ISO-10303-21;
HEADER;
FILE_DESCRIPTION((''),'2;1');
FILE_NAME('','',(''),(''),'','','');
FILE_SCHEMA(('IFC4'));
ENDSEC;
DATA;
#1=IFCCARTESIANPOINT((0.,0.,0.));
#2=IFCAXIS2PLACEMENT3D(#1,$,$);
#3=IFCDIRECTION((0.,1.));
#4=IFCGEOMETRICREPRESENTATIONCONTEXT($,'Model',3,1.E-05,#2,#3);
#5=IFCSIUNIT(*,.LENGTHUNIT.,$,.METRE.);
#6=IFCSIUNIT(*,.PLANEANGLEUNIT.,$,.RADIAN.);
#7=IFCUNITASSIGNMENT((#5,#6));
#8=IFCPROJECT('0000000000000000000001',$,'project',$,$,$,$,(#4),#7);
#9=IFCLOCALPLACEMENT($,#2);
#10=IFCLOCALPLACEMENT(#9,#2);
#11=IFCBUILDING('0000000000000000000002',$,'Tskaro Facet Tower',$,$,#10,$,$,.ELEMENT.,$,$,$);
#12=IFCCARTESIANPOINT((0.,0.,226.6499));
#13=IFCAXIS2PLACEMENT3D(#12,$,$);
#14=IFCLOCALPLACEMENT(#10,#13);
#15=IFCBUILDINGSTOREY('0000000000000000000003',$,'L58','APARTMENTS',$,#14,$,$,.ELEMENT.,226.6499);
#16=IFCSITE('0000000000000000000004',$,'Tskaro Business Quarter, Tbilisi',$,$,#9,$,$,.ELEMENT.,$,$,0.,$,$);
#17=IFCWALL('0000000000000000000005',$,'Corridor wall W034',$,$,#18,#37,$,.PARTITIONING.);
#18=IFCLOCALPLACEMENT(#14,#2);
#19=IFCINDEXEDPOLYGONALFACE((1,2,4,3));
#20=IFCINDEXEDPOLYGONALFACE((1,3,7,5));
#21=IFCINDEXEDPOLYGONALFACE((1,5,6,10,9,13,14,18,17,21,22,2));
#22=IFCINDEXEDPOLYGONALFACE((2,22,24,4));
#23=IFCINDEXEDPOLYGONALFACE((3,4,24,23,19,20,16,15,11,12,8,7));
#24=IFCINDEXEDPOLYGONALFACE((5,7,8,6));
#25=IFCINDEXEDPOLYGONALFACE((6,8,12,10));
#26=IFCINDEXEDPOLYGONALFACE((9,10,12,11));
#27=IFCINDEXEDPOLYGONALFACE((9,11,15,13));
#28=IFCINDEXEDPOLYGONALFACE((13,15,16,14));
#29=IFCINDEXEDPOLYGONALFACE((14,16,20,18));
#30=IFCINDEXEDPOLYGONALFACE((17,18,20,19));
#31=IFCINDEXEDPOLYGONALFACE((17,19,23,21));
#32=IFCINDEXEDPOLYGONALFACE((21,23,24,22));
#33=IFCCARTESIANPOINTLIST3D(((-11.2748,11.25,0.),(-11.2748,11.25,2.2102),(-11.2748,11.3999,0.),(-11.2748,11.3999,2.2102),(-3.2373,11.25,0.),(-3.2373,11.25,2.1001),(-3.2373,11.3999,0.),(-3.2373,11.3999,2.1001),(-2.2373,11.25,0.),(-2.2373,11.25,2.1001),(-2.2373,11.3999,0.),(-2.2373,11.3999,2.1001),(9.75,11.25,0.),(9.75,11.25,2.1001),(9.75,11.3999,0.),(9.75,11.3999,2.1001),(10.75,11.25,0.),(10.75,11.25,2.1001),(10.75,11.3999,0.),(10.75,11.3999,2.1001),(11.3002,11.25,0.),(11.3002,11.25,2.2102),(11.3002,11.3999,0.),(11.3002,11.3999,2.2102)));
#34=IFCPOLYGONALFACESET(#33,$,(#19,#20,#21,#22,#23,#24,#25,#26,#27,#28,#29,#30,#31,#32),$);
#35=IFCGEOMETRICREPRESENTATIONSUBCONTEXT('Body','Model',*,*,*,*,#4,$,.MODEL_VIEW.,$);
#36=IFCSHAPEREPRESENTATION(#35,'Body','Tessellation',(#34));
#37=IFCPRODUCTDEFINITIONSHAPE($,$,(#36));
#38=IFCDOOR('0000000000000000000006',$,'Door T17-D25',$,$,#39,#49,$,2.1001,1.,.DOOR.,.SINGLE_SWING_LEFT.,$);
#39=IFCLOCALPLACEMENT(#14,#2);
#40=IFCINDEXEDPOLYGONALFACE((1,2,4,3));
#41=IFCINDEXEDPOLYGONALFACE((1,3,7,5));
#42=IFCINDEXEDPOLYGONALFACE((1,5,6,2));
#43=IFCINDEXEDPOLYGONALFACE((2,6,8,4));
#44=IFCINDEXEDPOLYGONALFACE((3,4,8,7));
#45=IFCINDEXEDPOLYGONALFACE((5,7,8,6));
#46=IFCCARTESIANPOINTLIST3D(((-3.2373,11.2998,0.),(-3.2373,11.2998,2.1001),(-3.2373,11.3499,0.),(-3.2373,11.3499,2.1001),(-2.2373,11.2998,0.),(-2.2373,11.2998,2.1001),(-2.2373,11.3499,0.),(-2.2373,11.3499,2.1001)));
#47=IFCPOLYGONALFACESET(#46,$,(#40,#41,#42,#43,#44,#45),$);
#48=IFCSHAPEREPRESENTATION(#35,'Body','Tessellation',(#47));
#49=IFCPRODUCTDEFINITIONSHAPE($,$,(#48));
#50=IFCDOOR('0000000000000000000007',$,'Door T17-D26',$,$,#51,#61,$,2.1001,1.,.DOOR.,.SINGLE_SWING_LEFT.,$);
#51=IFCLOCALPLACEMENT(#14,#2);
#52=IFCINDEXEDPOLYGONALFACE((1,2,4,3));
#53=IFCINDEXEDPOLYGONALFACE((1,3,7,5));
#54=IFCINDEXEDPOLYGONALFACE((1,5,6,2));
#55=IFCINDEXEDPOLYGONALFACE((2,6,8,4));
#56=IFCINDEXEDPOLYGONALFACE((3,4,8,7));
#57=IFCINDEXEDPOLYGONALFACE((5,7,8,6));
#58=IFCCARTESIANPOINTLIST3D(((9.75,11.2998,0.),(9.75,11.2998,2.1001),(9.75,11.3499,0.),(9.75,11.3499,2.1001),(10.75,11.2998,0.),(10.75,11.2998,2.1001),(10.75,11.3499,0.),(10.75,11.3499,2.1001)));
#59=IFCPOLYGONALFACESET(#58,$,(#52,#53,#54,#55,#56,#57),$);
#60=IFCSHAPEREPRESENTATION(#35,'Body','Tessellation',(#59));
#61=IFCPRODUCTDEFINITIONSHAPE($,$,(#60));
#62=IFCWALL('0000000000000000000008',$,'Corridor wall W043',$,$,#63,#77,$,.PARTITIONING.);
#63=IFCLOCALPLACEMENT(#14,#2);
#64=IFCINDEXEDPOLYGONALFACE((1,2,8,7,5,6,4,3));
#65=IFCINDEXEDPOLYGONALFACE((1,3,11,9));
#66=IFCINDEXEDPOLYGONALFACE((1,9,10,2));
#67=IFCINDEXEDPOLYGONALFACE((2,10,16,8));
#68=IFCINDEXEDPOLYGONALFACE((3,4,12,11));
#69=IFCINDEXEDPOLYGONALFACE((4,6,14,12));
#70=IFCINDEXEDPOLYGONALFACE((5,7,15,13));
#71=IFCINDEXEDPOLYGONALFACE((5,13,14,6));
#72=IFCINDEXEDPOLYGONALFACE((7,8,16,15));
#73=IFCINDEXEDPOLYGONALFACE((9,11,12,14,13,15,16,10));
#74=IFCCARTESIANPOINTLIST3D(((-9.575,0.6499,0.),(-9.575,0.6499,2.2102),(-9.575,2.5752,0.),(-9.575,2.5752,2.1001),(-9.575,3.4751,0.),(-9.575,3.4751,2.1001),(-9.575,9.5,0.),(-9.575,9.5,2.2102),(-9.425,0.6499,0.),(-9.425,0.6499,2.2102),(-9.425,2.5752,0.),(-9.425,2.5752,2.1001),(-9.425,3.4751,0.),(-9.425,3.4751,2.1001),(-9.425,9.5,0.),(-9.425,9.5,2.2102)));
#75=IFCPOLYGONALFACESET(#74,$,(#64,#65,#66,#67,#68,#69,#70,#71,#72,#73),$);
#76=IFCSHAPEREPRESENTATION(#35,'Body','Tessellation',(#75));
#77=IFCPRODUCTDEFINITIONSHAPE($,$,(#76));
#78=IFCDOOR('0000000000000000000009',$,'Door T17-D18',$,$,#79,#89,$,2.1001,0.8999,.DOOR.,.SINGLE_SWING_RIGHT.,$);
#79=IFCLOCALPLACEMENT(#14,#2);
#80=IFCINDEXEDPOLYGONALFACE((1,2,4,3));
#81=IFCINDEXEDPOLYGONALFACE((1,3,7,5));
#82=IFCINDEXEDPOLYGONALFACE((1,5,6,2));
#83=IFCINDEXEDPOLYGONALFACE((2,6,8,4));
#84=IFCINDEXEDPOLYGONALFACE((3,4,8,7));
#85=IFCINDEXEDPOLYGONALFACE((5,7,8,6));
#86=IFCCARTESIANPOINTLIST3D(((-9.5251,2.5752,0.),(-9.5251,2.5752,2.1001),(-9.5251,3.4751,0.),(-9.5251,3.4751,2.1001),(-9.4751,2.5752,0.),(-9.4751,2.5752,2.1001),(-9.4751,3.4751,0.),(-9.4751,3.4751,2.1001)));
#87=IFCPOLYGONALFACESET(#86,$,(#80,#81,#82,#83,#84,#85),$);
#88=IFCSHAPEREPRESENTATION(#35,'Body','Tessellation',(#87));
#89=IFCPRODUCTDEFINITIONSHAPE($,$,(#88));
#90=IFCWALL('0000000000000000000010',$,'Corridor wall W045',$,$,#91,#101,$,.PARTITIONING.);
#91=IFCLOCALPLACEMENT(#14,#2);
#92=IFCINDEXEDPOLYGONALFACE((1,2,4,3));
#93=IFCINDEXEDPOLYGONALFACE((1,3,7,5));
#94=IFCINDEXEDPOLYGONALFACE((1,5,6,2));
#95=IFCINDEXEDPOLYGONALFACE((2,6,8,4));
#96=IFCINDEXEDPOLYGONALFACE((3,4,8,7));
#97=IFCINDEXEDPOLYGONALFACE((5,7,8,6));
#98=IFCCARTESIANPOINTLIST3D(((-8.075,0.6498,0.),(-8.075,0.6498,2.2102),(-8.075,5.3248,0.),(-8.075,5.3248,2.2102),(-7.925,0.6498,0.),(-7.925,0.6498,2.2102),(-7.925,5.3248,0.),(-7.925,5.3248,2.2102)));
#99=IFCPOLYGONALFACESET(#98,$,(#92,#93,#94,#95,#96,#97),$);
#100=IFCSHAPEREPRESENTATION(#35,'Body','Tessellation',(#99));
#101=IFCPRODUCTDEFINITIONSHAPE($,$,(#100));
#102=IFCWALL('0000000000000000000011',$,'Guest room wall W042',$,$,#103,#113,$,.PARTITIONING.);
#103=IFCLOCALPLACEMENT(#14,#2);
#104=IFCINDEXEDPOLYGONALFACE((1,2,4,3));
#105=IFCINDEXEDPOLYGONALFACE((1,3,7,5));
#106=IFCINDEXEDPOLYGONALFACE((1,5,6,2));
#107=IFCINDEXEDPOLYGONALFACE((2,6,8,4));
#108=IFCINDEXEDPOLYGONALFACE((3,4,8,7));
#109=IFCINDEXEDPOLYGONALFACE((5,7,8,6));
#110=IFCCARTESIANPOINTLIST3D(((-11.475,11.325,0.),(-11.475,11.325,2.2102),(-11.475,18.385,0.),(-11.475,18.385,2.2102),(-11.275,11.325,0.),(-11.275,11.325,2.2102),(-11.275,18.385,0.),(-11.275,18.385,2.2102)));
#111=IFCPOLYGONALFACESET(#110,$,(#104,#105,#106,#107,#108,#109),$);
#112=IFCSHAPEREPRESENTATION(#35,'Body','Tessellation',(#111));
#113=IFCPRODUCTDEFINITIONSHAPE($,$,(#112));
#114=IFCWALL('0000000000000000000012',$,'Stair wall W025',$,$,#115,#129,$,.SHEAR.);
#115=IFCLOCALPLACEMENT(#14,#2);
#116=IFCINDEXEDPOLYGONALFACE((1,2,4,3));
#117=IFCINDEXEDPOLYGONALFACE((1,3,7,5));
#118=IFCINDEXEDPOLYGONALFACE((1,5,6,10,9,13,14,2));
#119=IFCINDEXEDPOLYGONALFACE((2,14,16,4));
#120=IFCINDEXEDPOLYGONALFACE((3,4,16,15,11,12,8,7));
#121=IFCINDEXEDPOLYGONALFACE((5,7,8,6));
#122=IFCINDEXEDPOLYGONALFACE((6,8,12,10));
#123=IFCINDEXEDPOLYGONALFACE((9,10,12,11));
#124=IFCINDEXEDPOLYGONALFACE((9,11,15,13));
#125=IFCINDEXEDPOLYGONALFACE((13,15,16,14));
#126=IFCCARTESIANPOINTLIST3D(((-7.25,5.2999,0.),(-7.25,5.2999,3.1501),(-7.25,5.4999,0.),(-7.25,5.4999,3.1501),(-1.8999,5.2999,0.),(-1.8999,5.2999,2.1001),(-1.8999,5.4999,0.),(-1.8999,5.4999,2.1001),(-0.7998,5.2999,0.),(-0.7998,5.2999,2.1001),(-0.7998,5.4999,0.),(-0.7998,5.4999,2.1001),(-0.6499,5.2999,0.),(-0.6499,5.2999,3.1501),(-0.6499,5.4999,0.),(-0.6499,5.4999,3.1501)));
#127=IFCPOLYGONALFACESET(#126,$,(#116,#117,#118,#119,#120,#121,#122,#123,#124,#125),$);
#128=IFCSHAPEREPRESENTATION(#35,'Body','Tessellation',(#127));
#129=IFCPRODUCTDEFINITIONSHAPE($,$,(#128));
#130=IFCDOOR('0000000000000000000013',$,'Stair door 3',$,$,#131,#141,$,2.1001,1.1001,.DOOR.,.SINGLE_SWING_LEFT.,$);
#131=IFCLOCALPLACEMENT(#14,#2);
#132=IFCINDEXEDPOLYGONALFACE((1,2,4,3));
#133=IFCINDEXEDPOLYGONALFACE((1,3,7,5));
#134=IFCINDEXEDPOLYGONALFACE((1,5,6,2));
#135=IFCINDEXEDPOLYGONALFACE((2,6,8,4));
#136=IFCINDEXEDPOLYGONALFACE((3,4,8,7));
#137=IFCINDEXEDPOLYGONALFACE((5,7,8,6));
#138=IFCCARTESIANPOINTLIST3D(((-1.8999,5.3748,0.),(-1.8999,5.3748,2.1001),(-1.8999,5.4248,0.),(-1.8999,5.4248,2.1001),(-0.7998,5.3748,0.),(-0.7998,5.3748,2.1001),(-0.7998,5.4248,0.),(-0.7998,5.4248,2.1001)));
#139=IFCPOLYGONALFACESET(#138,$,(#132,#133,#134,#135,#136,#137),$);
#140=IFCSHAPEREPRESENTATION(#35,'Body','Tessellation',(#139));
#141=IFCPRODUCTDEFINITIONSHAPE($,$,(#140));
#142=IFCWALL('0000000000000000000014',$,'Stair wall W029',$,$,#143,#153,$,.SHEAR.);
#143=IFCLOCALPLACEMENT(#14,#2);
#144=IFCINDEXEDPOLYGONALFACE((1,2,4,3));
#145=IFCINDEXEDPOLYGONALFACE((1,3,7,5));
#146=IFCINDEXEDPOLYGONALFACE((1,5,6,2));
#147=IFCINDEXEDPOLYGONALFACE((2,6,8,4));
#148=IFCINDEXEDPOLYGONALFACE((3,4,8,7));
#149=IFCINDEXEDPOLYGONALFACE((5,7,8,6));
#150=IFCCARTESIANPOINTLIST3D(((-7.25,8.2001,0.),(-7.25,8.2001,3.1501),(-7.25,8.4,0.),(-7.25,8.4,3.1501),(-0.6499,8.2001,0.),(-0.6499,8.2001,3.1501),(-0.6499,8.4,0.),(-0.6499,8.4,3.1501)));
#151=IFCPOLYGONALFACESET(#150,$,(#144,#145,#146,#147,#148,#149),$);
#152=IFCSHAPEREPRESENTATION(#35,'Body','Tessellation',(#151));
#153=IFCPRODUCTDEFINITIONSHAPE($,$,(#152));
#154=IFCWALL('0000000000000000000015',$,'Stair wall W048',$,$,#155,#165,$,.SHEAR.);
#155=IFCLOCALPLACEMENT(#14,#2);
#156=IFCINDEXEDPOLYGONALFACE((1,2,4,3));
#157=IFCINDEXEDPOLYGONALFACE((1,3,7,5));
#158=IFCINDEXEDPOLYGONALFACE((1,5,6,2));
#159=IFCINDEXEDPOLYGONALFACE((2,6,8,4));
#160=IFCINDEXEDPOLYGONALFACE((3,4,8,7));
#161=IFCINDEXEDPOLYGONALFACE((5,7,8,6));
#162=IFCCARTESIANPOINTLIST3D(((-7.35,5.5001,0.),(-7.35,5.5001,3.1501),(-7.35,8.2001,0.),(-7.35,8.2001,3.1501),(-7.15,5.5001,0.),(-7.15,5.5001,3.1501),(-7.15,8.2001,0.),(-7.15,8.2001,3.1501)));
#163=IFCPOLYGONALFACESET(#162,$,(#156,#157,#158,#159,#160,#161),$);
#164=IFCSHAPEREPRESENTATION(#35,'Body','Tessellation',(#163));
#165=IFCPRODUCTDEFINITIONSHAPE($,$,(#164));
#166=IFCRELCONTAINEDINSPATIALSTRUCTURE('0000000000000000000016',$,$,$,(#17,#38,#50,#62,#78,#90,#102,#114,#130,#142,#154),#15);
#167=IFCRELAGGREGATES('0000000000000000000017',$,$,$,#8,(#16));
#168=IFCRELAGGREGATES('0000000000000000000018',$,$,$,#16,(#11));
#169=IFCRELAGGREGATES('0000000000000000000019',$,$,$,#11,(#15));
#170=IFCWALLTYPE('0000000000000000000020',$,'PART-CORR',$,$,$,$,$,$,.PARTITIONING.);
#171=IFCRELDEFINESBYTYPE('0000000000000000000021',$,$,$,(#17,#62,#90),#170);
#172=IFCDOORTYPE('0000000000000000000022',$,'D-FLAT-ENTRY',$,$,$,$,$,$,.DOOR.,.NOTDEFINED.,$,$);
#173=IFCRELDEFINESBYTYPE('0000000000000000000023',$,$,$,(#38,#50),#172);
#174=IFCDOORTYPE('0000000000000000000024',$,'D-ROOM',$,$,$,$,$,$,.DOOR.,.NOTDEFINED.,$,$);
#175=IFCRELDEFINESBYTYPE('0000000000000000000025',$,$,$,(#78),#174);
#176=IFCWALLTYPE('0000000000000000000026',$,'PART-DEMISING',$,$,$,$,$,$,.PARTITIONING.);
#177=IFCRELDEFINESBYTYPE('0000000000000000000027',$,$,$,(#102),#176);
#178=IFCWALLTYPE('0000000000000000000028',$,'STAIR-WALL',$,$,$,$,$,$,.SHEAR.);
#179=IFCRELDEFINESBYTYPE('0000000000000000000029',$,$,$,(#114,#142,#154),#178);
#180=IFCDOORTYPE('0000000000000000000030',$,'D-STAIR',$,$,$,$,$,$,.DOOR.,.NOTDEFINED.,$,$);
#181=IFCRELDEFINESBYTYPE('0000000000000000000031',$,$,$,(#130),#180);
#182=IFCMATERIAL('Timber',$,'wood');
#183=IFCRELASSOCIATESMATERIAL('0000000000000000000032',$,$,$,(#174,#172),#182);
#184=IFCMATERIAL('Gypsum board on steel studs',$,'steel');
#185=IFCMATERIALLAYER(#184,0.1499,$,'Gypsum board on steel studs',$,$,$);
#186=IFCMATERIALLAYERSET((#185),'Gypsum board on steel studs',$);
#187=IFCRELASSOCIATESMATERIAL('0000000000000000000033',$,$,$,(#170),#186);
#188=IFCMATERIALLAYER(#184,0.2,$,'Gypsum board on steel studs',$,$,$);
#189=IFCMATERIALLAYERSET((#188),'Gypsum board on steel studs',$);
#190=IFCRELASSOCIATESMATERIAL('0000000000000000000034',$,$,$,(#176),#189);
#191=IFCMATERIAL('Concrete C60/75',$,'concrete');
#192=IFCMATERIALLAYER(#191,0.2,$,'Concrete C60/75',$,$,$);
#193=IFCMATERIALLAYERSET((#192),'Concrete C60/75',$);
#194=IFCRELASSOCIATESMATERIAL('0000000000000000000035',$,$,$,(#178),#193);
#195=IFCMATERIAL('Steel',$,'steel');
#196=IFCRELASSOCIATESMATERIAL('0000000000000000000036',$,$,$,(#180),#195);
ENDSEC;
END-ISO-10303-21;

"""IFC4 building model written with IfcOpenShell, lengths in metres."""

from ifc_helpers import new_model, si_unit, direction, frame, frame_2d, origin, place, context, subcontext, project, spatial, rectangle, extrude, material, layer, layer_set, type_object, element, fill, save


model = new_model("IFC4")

# Units and contexts
model_context = context("Model", 3, precision=1e-05, world=origin(), true_north=direction((0.0, 1.0)))
body_context = subcontext(model_context, "Body", "Model", "MODEL_VIEW")
ifc_project = project(units=[si_unit("LENGTHUNIT", "METRE"), si_unit("PLANEANGLEUNIT", "RADIAN")], contexts=[model_context])

# Site, building, storey
site_placement = place(None, origin())
site = spatial("IfcSite", under=ifc_project, at=site_placement, Name="Tskaro Business Quarter, Tbilisi", CompositionType="ELEMENT", RefElevation=0.0)
building_placement = place(site_placement, origin())
building = spatial("IfcBuilding", under=site, at=building_placement, Name="Tskaro Facet Tower", CompositionType="ELEMENT")
storey_placement = place(building_placement, frame((0.0, 0.0, 226.6499)))
storey = spatial("IfcBuildingStorey", under=building, at=storey_placement, Name="L58", Description="APARTMENTS", CompositionType="ELEMENT", Elevation=226.6499)

# Shared definitions
ifc_material_1 = material(Name="Steel", Category="steel")
ifc_material_2 = material(Name="Timber", Category="wood")
door_type_1 = type_object("IfcDoorType", Name="D-ROOM", OperationType="NOTDEFINED", PredefinedType="DOOR", material=ifc_material_2)

# Shared definitions
ifc_material_3 = material(Name="Gypsum board on steel studs", Category="steel")
ifc_layer_1 = layer(ifc_material_3, 0.1499, Name="Gypsum board on steel studs")
ifc_layer_set_1 = layer_set([ifc_layer_1], Name="Gypsum board on steel studs")
wall_type_1 = type_object("IfcWallType", Name="PART-CORR", PredefinedType="PARTITIONING", material=ifc_layer_set_1)

# Wall, openings, doors
wall_1_placement = place(storey_placement, frame((-11.2749, 11.325, 0.0), z_axis=(0.0, 0.0, 1.0), x_axis=(1.0, 0.0, 0.0)))
wall_1 = element("IfcWall", 1, at=wall_1_placement, inside=storey, type_object=wall_type_1, Name="Corridor wall W034", PredefinedType="PARTITIONING", context=body_context, shape_type="SweptSolid", body=[
    extrude(rectangle(XDim=22.575, YDim=0.1499, at=frame_2d((11.2876, 0.0))), origin(), (0.0, 0.0, 1.0), 2.2102),
])
opening_1_placement = place(wall_1_placement, frame((8.0376, 0.0, 0.0)))
opening_1 = element("IfcOpeningElement", 2, at=opening_1_placement, cuts=wall_1, PredefinedType="OPENING", context=body_context, shape_type="SweptSolid", body=[
    extrude(rectangle(XDim=1.0, YDim=2.1001, at=frame_2d((0.5, 1.05))), frame((0.0, 0.085, 0.0), z_axis=(0.0, -1.0, 0.0), x_axis=(1.0, 0.0, 0.0)), (0.0, 0.0, 1.0), 0.1699),
])
opening_2_placement = place(wall_1_placement, frame((21.0249, 0.0, 0.0)))
opening_2 = element("IfcOpeningElement", 3, at=opening_2_placement, cuts=wall_1, PredefinedType="OPENING", context=body_context, shape_type="SweptSolid", body=[
    extrude(rectangle(XDim=1.0, YDim=2.1001, at=frame_2d((0.5, 1.05))), frame((0.0, 0.085, 0.0), z_axis=(0.0, -1.0, 0.0), x_axis=(1.0, 0.0, 0.0)), (0.0, 0.0, 1.0), 0.1699),
])
door_type_2 = type_object("IfcDoorType", Name="D-FLAT-ENTRY", OperationType="NOTDEFINED", PredefinedType="DOOR", material=ifc_material_2)
door_1_placement = place(opening_1_placement, origin())
door_1 = element("IfcDoor", 4, at=door_1_placement, inside=storey, type_object=door_type_2, Name="Door T17-D25", OperationType="SINGLE_SWING_LEFT", OverallHeight=2.1001, OverallWidth=1.0, PredefinedType="DOOR", context=body_context, shape_type="SweptSolid", body=[
    extrude(rectangle(XDim=1.0, YDim=2.1001, at=frame_2d((0.5, 1.05))), frame((0.0, 0.0249, 0.0), z_axis=(0.0, -1.0, 0.0), x_axis=(1.0, 0.0, 0.0)), (0.0, 0.0, 1.0), 0.05),
])
fill(opening_1, door_1)
door_2_placement = place(opening_2_placement, origin())
door_2 = element("IfcDoor", 5, at=door_2_placement, inside=storey, type_object=door_type_2, Name="Door T17-D26", OperationType="SINGLE_SWING_LEFT", OverallHeight=2.1001, OverallWidth=1.0, PredefinedType="DOOR", context=body_context, shape_type="SweptSolid", body=[
    extrude(rectangle(XDim=1.0, YDim=2.1001, at=frame_2d((0.5, 1.05))), frame((0.0, 0.0249, 0.0), z_axis=(0.0, -1.0, 0.0), x_axis=(1.0, 0.0, 0.0)), (0.0, 0.0, 1.0), 0.05),
])
fill(opening_2, door_2)

# Wall, opening, door
wall_2_placement = place(storey_placement, frame((-9.5, 9.5, 0.0), z_axis=(0.0, 0.0, 1.0), x_axis=(0.0, -1.0, 0.0)))
wall_2 = element("IfcWall", 6, at=wall_2_placement, inside=storey, type_object=wall_type_1, Name="Corridor wall W043", PredefinedType="PARTITIONING", context=body_context, shape_type="SweptSolid", body=[
    extrude(rectangle(XDim=8.8501, YDim=0.1499, at=frame_2d((4.425, 0.0))), origin(), (0.0, 0.0, 1.0), 2.2102),
])
opening_3_placement = place(wall_2_placement, frame((6.0249, 0.0, 0.0)))
opening_3 = element("IfcOpeningElement", 7, at=opening_3_placement, cuts=wall_2, PredefinedType="OPENING", context=body_context, shape_type="SweptSolid", body=[
    extrude(rectangle(XDim=0.8999, YDim=2.1001, at=frame_2d((0.45, 1.05))), frame((0.0, 0.085, 0.0), z_axis=(0.0, -1.0, 0.0), x_axis=(1.0, 0.0, 0.0)), (0.0, 0.0, 1.0), 0.1699),
])
door_3_placement = place(opening_3_placement, origin())
door_3 = element("IfcDoor", 8, at=door_3_placement, inside=storey, type_object=door_type_1, Name="Door T17-D18", OperationType="SINGLE_SWING_RIGHT", OverallHeight=2.1001, OverallWidth=0.8999, PredefinedType="DOOR", context=body_context, shape_type="SweptSolid", body=[
    extrude(rectangle(XDim=0.8999, YDim=2.1001, at=frame_2d((0.45, 1.05))), frame((0.0, 0.0249, 0.0), z_axis=(0.0, -1.0, 0.0), x_axis=(1.0, 0.0, 0.0)), (0.0, 0.0, 1.0), 0.05),
])
fill(opening_3, door_3)

# Walls
wall_3_placement = place(storey_placement, frame((-8.0, 0.6499, 0.0), z_axis=(0.0, 0.0, 1.0), x_axis=(0.0, 1.0, 0.0)))
element("IfcWall", 9, at=wall_3_placement, inside=storey, type_object=wall_type_1, Name="Corridor wall W045", PredefinedType="PARTITIONING", context=body_context, shape_type="SweptSolid", body=[
    extrude(rectangle(XDim=4.675, YDim=0.1499, at=frame_2d((2.3374, 0.0))), origin(), (0.0, 0.0, 1.0), 2.2102),
])
ifc_layer_2 = layer(ifc_material_3, 0.2, Name="Gypsum board on steel studs")
ifc_layer_set_2 = layer_set([ifc_layer_2], Name="Gypsum board on steel studs")
wall_type_2 = type_object("IfcWallType", Name="PART-DEMISING", PredefinedType="PARTITIONING", material=ifc_layer_set_2)
wall_4_placement = place(storey_placement, frame((-11.375, 11.325, 0.0), z_axis=(0.0, 0.0, 1.0), x_axis=(0.0, 1.0, 0.0)))
element("IfcWall", 10, at=wall_4_placement, inside=storey, type_object=wall_type_2, Name="Guest room wall W042", PredefinedType="PARTITIONING", context=body_context, shape_type="SweptSolid", body=[
    extrude(rectangle(XDim=7.0601, YDim=0.2, at=frame_2d((3.53, 0.0))), origin(), (0.0, 0.0, 1.0), 2.2102),
])

# Wall, opening, door
ifc_material_4 = material(Name="Concrete C60/75", Category="concrete")
ifc_layer_3 = layer(ifc_material_4, 0.2, Name="Concrete C60/75")
ifc_layer_set_3 = layer_set([ifc_layer_3], Name="Concrete C60/75")
wall_type_3 = type_object("IfcWallType", Name="STAIR-WALL", PredefinedType="SHEAR", material=ifc_layer_set_3)
wall_5_placement = place(storey_placement, frame((-7.25, 5.3999, 0.0), z_axis=(0.0, 0.0, 1.0), x_axis=(1.0, 0.0, 0.0)))
wall_5 = element("IfcWall", 11, at=wall_5_placement, inside=storey, type_object=wall_type_3, Name="Stair wall W025", PredefinedType="SHEAR", context=body_context, shape_type="SweptSolid", body=[
    extrude(rectangle(XDim=6.6001, YDim=0.2, at=frame_2d((3.3, 0.0))), origin(), (0.0, 0.0, 1.0), 3.1501),
])
opening_4_placement = place(wall_5_placement, frame((5.3501, 0.0, 0.0)))
opening_4 = element("IfcOpeningElement", 12, at=opening_4_placement, cuts=wall_5, PredefinedType="OPENING", context=body_context, shape_type="SweptSolid", body=[
    extrude(rectangle(XDim=1.1001, YDim=2.1001, at=frame_2d((0.55, 1.05))), frame((0.0, 0.1099, 0.0), z_axis=(0.0, -1.0, 0.0), x_axis=(1.0, 0.0, 0.0)), (0.0, 0.0, 1.0), 0.22),
])
door_type_3 = type_object("IfcDoorType", Name="D-STAIR", OperationType="NOTDEFINED", PredefinedType="DOOR", material=ifc_material_1)
door_4_placement = place(opening_4_placement, origin())
door_4 = element("IfcDoor", 13, at=door_4_placement, inside=storey, type_object=door_type_3, Name="Stair door 3", OperationType="SINGLE_SWING_LEFT", OverallHeight=2.1001, OverallWidth=1.1001, PredefinedType="DOOR", context=body_context, shape_type="SweptSolid", body=[
    extrude(rectangle(XDim=1.1001, YDim=2.1001, at=frame_2d((0.55, 1.05))), frame((0.0, 0.0249, 0.0), z_axis=(0.0, -1.0, 0.0), x_axis=(1.0, 0.0, 0.0)), (0.0, 0.0, 1.0), 0.05),
])
fill(opening_4, door_4)

# Walls
wall_6_placement = place(storey_placement, frame((-7.25, 8.3, 0.0), z_axis=(0.0, 0.0, 1.0), x_axis=(1.0, 0.0, 0.0)))
element("IfcWall", 14, at=wall_6_placement, inside=storey, type_object=wall_type_3, Name="Stair wall W029", PredefinedType="SHEAR", context=body_context, shape_type="SweptSolid", body=[
    extrude(rectangle(XDim=6.6001, YDim=0.2, at=frame_2d((3.3, 0.0))), origin(), (0.0, 0.0, 1.0), 3.1501),
])
wall_7_placement = place(storey_placement, frame((-7.25, 5.5, 0.0), z_axis=(0.0, 0.0, 1.0), x_axis=(0.0, 1.0, 0.0)))
element("IfcWall", 15, at=wall_7_placement, inside=storey, type_object=wall_type_3, Name="Stair wall W048", PredefinedType="SHEAR", context=body_context, shape_type="SweptSolid", body=[
    extrude(rectangle(XDim=2.7, YDim=0.2, at=frame_2d((1.3501, 0.0))), origin(), (0.0, 0.0, 1.0), 3.1501),
])

save(model, "model.ifc")
